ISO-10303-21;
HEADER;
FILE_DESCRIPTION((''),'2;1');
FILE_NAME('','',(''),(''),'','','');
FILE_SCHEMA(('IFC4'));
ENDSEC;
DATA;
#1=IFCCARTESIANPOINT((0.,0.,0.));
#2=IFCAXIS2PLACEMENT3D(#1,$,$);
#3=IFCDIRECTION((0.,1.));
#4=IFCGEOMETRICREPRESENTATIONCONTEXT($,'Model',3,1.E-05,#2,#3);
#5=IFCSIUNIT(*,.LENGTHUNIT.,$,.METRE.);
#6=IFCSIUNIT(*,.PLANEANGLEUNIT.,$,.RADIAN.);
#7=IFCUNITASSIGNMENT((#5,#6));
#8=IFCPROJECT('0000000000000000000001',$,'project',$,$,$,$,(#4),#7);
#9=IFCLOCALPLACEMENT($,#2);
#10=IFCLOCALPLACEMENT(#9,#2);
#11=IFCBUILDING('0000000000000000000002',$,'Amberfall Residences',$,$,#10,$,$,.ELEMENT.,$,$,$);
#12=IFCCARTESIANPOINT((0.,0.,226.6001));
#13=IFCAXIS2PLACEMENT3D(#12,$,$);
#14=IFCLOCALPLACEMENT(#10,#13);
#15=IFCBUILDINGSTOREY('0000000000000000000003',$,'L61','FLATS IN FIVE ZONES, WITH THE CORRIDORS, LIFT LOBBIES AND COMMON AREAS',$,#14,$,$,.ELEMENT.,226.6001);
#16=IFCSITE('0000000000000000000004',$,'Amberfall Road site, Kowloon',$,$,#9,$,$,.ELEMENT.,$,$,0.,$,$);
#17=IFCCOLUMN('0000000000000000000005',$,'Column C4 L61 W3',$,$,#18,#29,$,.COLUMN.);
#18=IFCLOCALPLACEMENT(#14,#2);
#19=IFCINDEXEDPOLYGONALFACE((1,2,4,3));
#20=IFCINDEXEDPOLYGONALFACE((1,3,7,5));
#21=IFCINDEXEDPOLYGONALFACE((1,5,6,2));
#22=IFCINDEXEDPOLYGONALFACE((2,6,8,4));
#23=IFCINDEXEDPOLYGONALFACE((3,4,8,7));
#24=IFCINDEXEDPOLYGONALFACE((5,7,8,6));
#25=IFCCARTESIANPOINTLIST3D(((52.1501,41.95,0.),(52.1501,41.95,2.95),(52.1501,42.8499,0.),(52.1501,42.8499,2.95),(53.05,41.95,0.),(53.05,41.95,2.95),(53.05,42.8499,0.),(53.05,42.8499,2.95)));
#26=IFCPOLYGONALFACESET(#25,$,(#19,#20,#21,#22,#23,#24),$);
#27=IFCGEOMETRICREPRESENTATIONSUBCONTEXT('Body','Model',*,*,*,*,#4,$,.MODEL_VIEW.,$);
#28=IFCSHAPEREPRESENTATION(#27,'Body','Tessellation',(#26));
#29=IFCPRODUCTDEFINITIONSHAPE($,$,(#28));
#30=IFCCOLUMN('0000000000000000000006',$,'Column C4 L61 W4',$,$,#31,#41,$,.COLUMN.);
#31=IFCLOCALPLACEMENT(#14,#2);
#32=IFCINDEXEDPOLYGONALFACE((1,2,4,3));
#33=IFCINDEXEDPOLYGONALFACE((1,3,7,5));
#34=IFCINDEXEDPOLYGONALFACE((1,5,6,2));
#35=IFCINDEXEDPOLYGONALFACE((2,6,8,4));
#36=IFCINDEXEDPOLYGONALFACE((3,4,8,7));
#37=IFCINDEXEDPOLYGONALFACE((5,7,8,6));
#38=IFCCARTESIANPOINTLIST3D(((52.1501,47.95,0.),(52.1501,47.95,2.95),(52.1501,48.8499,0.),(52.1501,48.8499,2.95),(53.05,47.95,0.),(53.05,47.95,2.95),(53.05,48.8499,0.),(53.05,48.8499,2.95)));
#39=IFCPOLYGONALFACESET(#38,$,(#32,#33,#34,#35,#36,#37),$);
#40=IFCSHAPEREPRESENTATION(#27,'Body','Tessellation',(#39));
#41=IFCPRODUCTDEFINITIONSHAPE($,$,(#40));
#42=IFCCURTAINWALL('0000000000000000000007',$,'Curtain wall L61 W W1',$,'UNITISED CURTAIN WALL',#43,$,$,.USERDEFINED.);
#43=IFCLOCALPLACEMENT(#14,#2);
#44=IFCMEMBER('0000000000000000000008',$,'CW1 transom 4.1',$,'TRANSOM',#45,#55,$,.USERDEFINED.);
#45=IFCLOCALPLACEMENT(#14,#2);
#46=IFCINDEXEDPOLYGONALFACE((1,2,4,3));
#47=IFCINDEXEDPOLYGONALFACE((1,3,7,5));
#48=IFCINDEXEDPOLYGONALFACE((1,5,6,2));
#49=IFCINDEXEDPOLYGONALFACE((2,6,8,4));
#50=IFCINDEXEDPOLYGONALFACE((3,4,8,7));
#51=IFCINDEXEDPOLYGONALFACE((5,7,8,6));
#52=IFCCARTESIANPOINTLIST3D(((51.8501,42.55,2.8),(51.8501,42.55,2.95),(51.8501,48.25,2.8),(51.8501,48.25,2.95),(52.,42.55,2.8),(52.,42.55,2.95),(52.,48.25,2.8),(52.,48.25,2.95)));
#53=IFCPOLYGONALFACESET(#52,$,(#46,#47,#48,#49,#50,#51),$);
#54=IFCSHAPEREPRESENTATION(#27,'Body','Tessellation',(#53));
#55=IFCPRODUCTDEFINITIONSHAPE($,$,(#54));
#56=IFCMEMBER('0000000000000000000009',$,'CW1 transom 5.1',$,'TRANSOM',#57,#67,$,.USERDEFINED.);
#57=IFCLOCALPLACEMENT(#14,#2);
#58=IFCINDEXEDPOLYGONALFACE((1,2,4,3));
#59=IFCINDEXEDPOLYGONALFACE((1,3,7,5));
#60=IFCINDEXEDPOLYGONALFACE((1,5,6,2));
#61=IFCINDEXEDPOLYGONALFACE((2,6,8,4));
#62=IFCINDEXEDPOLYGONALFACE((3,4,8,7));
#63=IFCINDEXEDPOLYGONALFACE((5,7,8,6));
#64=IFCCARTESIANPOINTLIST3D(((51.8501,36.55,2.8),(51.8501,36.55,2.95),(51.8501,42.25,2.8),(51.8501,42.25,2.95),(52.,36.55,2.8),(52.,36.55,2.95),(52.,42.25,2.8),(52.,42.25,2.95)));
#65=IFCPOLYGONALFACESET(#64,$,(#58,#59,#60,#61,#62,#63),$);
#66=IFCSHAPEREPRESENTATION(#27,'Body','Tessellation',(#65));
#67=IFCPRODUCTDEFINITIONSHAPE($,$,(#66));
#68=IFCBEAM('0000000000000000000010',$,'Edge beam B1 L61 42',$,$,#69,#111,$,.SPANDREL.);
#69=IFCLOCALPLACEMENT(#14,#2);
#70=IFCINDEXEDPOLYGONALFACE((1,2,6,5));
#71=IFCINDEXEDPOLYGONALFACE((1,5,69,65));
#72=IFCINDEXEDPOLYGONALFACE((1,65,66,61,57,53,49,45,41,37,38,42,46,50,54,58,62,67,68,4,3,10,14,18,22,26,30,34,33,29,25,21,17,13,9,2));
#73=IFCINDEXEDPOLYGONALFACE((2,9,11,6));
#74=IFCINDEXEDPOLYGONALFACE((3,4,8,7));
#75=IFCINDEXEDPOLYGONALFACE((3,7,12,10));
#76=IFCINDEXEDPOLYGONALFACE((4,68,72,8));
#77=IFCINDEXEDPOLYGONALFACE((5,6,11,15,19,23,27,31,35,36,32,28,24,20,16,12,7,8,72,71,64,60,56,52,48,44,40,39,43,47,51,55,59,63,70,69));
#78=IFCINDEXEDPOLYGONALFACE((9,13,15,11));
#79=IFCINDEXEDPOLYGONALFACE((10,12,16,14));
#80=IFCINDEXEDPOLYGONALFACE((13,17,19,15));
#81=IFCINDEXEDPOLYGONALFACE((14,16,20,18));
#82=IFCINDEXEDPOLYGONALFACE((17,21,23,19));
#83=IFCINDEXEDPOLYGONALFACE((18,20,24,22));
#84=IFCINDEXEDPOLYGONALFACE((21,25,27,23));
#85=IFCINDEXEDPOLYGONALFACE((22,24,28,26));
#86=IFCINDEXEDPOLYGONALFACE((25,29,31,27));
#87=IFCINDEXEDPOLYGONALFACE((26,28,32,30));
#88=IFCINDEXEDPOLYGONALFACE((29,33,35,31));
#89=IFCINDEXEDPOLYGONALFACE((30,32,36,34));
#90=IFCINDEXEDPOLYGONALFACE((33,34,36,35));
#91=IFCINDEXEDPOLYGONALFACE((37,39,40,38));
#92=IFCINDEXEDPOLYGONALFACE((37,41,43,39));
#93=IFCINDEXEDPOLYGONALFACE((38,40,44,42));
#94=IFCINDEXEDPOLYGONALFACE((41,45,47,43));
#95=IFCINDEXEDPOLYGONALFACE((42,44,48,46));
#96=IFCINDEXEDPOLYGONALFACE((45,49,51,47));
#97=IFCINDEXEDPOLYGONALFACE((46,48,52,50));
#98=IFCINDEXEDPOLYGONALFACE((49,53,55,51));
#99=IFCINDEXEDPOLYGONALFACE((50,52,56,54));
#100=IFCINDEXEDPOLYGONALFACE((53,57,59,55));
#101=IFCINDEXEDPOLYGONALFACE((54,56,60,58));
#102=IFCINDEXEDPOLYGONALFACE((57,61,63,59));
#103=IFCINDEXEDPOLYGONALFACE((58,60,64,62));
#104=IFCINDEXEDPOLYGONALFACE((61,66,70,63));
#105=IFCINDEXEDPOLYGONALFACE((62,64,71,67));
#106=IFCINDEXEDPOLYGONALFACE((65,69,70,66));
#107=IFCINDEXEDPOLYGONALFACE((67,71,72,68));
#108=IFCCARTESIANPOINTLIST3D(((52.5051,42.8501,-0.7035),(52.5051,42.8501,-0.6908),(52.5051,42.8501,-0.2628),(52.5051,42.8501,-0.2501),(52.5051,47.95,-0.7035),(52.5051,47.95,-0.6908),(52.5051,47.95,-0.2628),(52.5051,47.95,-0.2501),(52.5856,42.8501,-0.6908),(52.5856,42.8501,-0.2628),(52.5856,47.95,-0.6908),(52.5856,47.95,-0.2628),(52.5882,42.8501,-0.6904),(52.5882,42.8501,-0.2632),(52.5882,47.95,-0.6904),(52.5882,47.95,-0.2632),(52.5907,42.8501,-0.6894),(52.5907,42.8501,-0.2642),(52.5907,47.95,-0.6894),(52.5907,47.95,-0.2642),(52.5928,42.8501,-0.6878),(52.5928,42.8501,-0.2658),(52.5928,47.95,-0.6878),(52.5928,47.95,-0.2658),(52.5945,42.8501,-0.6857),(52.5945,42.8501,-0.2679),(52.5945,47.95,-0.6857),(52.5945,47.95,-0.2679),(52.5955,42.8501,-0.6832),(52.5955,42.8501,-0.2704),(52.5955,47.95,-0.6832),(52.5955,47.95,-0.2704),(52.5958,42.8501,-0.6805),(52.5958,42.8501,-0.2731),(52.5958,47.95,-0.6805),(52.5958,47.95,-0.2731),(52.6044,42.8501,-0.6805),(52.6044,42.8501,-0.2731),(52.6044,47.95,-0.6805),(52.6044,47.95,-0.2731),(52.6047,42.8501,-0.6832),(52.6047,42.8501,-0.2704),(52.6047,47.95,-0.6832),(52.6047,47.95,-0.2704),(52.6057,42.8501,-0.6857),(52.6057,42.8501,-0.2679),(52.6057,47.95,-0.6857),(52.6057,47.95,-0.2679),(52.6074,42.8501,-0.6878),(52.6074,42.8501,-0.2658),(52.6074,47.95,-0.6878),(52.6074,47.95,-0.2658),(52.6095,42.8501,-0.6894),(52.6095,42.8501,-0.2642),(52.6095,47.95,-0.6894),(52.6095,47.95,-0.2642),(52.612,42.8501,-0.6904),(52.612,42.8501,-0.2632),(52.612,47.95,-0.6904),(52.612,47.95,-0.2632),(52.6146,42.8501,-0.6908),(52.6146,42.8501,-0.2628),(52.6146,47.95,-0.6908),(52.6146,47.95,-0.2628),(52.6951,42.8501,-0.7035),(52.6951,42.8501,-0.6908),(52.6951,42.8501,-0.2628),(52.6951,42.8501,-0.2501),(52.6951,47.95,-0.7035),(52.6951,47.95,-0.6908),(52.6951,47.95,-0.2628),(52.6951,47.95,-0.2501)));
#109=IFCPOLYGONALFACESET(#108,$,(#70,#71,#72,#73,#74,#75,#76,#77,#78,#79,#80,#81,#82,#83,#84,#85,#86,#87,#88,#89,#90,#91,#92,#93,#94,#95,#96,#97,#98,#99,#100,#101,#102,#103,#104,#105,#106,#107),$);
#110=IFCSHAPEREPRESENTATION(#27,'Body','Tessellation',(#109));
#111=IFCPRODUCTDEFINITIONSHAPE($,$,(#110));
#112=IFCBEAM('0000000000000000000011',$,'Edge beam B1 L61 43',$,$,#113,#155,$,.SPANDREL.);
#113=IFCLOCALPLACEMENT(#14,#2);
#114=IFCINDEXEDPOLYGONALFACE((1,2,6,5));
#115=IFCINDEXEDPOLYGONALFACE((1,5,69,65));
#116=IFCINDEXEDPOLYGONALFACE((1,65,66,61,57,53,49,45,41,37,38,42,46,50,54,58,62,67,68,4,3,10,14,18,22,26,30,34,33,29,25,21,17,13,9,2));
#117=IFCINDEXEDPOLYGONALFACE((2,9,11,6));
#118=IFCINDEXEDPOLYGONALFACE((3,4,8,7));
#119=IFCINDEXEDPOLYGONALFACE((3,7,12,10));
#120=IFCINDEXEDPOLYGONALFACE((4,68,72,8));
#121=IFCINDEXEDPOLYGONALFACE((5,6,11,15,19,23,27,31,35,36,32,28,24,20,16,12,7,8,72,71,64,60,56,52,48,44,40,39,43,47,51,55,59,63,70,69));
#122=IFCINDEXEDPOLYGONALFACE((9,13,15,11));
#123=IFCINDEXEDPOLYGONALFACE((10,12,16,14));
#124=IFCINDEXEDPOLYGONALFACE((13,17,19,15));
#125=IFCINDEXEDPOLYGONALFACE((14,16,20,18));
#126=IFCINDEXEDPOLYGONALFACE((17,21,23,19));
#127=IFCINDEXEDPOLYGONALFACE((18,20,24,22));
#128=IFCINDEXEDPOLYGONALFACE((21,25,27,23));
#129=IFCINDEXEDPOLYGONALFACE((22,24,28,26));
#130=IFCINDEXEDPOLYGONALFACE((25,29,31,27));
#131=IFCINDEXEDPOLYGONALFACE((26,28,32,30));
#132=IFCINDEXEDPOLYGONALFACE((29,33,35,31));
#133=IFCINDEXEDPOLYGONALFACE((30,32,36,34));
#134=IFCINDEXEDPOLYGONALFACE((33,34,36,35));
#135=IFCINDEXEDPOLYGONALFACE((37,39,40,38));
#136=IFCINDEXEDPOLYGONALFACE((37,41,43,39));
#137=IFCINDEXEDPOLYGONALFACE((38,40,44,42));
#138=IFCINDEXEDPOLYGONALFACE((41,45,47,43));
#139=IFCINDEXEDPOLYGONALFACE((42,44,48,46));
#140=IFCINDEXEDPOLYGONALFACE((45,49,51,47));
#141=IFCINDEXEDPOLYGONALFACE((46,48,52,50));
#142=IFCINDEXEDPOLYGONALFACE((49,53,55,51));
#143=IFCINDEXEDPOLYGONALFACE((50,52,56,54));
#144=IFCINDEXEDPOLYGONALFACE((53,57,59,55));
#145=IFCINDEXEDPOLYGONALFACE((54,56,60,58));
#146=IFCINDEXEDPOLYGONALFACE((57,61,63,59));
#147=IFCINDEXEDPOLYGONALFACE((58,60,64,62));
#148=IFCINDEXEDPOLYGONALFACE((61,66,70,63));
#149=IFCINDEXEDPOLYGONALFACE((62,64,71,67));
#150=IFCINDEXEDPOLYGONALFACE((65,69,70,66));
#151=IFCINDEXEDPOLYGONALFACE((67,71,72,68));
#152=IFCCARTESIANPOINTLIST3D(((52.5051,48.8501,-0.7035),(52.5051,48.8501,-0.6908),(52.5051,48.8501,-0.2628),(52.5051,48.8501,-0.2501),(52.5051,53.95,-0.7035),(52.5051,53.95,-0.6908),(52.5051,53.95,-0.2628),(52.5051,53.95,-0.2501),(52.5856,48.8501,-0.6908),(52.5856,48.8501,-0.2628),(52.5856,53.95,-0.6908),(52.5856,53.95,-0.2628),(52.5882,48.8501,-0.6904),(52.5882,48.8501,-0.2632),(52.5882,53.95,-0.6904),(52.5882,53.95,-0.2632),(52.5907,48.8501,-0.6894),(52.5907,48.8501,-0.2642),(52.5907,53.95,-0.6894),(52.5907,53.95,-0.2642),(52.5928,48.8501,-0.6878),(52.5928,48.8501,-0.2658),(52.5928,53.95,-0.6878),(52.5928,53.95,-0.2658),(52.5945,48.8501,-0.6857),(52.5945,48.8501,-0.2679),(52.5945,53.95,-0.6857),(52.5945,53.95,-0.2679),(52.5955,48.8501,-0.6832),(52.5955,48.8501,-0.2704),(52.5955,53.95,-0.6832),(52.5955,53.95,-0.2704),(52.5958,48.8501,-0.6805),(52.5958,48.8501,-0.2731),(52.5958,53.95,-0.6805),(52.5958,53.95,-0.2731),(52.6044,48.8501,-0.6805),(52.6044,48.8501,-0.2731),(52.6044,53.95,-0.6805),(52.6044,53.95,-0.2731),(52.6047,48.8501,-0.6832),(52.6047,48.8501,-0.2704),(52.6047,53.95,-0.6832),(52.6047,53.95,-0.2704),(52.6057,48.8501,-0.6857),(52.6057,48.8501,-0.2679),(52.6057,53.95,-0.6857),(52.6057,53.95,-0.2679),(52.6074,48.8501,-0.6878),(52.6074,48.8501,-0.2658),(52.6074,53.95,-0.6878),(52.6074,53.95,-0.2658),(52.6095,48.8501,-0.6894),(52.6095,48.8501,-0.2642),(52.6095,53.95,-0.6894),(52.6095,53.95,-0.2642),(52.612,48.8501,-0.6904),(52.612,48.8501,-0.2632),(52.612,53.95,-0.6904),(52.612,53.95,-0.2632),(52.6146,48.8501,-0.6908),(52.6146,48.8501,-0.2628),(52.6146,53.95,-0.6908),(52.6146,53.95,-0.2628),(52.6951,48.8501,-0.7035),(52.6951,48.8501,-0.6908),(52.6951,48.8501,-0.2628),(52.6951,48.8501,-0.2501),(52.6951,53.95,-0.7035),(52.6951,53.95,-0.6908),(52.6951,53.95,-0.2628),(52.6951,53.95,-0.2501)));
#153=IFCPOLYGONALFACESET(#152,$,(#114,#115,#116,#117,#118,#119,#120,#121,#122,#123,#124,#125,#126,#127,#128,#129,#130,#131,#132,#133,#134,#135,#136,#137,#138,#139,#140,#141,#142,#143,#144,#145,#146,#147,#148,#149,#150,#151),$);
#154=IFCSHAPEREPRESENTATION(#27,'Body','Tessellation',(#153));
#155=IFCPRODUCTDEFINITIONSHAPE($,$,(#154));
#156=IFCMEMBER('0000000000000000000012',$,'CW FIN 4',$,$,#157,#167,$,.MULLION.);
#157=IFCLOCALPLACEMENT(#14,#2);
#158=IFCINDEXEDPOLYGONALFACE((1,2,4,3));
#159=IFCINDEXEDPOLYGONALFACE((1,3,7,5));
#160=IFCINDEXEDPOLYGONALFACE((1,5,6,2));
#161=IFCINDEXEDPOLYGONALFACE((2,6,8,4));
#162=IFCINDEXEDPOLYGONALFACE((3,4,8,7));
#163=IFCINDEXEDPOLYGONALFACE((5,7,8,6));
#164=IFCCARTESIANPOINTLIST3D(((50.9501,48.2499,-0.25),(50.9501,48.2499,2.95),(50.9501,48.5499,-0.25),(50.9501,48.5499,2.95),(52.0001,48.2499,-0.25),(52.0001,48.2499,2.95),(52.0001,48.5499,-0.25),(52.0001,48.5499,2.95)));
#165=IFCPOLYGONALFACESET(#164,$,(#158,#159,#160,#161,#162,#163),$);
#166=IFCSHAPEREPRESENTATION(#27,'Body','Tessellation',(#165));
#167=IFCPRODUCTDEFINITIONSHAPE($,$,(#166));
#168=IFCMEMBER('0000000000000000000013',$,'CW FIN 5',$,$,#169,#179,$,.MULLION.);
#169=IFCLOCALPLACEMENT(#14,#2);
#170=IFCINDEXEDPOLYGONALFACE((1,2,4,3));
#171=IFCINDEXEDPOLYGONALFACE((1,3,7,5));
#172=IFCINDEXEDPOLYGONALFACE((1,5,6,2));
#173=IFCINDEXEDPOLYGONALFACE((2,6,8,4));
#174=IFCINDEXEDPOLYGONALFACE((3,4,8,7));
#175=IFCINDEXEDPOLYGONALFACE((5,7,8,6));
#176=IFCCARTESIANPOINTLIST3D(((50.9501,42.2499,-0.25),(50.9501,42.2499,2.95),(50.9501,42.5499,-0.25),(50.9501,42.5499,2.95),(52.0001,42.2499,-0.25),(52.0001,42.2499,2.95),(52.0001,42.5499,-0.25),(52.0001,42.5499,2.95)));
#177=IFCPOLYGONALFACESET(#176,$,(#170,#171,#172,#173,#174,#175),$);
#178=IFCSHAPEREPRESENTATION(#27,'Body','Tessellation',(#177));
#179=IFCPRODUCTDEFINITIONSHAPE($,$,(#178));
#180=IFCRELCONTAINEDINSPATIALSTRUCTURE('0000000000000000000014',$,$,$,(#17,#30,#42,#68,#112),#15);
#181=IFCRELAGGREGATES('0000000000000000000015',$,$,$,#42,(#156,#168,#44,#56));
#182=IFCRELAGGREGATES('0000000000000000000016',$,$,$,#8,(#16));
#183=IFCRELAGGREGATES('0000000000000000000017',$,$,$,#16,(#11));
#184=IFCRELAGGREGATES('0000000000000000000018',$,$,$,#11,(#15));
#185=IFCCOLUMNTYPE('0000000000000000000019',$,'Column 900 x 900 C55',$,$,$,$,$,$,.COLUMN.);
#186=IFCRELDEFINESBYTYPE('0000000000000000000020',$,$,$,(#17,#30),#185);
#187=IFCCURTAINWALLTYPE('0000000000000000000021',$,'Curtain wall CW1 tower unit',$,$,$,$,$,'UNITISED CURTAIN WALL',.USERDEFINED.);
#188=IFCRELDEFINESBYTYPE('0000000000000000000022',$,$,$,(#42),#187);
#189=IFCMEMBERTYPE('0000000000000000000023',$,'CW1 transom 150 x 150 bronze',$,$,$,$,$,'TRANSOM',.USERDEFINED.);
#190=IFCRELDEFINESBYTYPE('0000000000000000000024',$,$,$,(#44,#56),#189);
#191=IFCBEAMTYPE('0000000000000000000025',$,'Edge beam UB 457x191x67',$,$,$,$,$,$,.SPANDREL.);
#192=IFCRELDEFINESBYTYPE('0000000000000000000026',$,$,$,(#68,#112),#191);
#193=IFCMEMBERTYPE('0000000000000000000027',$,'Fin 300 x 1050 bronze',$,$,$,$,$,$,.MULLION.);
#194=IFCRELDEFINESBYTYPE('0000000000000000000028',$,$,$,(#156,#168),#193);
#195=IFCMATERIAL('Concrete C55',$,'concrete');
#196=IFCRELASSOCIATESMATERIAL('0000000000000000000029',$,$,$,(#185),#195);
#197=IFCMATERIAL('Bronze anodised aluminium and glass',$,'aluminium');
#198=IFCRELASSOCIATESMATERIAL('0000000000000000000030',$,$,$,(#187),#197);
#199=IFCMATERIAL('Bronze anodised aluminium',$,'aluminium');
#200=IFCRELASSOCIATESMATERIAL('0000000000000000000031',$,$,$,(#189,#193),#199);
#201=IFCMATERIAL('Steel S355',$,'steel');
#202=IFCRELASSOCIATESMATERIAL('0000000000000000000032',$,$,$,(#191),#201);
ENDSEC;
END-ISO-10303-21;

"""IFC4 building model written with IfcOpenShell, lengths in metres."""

from ifc_helpers import new_model, si_unit, direction, frame, origin, origin_2d, place, context, subcontext, project, spatial, rectangle, i_section, extrude, material, material_profile, profile_set, type_object, element, aggregate, save


model = new_model("IFC4")

# Units and contexts
model_context = context("Model", 3, precision=1e-05, world=origin(), true_north=direction((0.0, 1.0)))
body_context = subcontext(model_context, "Body", "Model", "MODEL_VIEW")
ifc_project = project(units=[si_unit("LENGTHUNIT", "METRE"), si_unit("PLANEANGLEUNIT", "RADIAN")], contexts=[model_context])

# Site, building, storey
site_placement = place(None, origin())
site = spatial("IfcSite", under=ifc_project, at=site_placement, Name="Amberfall Road site, Kowloon", CompositionType="ELEMENT", RefElevation=0.0)
building_placement = place(site_placement, origin())
building = spatial("IfcBuilding", under=site, at=building_placement, Name="Amberfall Residences", CompositionType="ELEMENT")
storey_placement = place(building_placement, frame((0.0, 0.0, 226.6001)))
storey = spatial("IfcBuildingStorey", under=building, at=storey_placement, Name="L61", Description="FLATS IN FIVE ZONES, WITH THE CORRIDORS, LIFT LOBBIES AND COMMON AREAS", CompositionType="ELEMENT", Elevation=226.6001)

# Columns
ifc_material_1 = material(Name="Concrete C55", Category="concrete")
ifc_material_profile_1 = material_profile(ifc_material_1, rectangle(XDim=0.8999, YDim=0.8999, at=origin_2d()), Name="Column 900 x 900 C55")
ifc_profile_set_1 = profile_set([ifc_material_profile_1], Name="Concrete C55")
column_type = type_object("IfcColumnType", Name="Column 900 x 900 C55", PredefinedType="COLUMN", material=ifc_profile_set_1)
for number, where, z_axis, x_axis, name in (
    (1, (52.6001, 42.3999, 0.0), (0.0, 0.0, 1.0), (1.0, 0.0, 0.0), "Column C4 L61 W3"),
    (2, (52.6001, 48.3999, 0.0), (0.0, 0.0, 1.0), (1.0, 0.0, 0.0), "Column C4 L61 W4"),
):
    element("IfcColumn", number, at=place(storey_placement, frame(where, z_axis=z_axis, x_axis=x_axis)), inside=storey, type_object=column_type, Name=name, PredefinedType="COLUMN", context=body_context, shape_type="SweptSolid", body=[
        extrude(rectangle(XDim=0.8999, YDim=0.8999, at=origin_2d()), origin(), (0.0, 0.0, 1.0), 2.95),
    ])

# Curtain wall, members
ifc_material_2 = material(Name="Bronze anodised aluminium and glass", Category="aluminium")
curtain_wall_type = type_object("IfcCurtainWallType", Name="Curtain wall CW1 tower unit", ElementType="UNITISED CURTAIN WALL", PredefinedType="USERDEFINED", material=ifc_material_2)
curtain_wall_placement = place(storey_placement, origin())
curtain_wall = element("IfcCurtainWall", 3, at=curtain_wall_placement, inside=storey, type_object=curtain_wall_type, Name="Curtain wall L61 W W1", ObjectType="UNITISED CURTAIN WALL", PredefinedType="USERDEFINED")
ifc_material_3 = material(Name="Bronze anodised aluminium", Category="aluminium")
ifc_material_profile_2 = material_profile(ifc_material_3, rectangle(XDim=0.1499, YDim=0.1499, at=origin_2d()), Name="CW1 transom 150 x 150 bronze")
ifc_profile_set_2 = profile_set([ifc_material_profile_2], Name="Bronze anodised aluminium")
member_type_1 = type_object("IfcMemberType", Name="CW1 transom 150 x 150 bronze", ElementType="TRANSOM", PredefinedType="USERDEFINED", material=ifc_profile_set_2)
member_1_placement = place(storey_placement, frame((51.925, 48.25, 2.875), z_axis=(0.0, -1.0, 0.0), x_axis=(1.0, 0.0, 0.0)))
member_1 = element("IfcMember", 4, at=member_1_placement, type_object=member_type_1, Name="CW1 transom 4.1", ObjectType="TRANSOM", PredefinedType="USERDEFINED", context=body_context, shape_type="SweptSolid", body=[
    extrude(rectangle(XDim=0.1499, YDim=0.1499, at=origin_2d()), origin(), (0.0, 0.0, 1.0), 5.7),
])
member_2_placement = place(storey_placement, frame((51.925, 42.25, 2.875), z_axis=(0.0, -1.0, 0.0), x_axis=(1.0, 0.0, 0.0)))
member_2 = element("IfcMember", 5, at=member_2_placement, type_object=member_type_1, Name="CW1 transom 5.1", ObjectType="TRANSOM", PredefinedType="USERDEFINED", context=body_context, shape_type="SweptSolid", body=[
    extrude(rectangle(XDim=0.1499, YDim=0.1499, at=origin_2d()), origin(), (0.0, 0.0, 1.0), 5.7),
])

# Beams
ifc_material_4 = material(Name="Steel S355", Category="steel")
ifc_material_profile_3 = material_profile(ifc_material_4, i_section(OverallWidth=0.1899, OverallDepth=0.4534, WebThickness=0.0085, FlangeThickness=0.0127, FilletRadius=0.0103, at=origin_2d()), Name="UB 457x191x67")
ifc_profile_set_3 = profile_set([ifc_material_profile_3], Name="Steel S355")
beam_type_1 = type_object("IfcBeamType", Name="Edge beam UB 457x191x67", PredefinedType="SPANDREL", material=ifc_profile_set_3)
for number, where, z_axis, x_axis, name in (
    (6, (52.6001, 42.8501, -0.4768), (0.0, 1.0, 0.0), (-1.0, 0.0, 0.0), "Edge beam B1 L61 42"),
    (7, (52.6001, 48.8501, -0.4768), (0.0, 1.0, 0.0), (-1.0, 0.0, 0.0), "Edge beam B1 L61 43"),
):
    element("IfcBeam", number, at=place(storey_placement, frame(where, z_axis=z_axis, x_axis=x_axis)), inside=storey, type_object=beam_type_1, Name=name, PredefinedType="SPANDREL", context=body_context, shape_type="SweptSolid", body=[
        extrude(i_section(OverallWidth=0.1899, OverallDepth=0.4534, WebThickness=0.0085, FlangeThickness=0.0127, FilletRadius=0.0103, at=origin_2d()), origin(), (0.0, 0.0, 1.0), 5.0999),
    ])

# Members
ifc_material_profile_4 = material_profile(ifc_material_3, rectangle(XDim=1.05, YDim=0.3, at=origin_2d()), Name="Fin 300 x 1050 bronze")
ifc_profile_set_4 = profile_set([ifc_material_profile_4], Name="Bronze anodised aluminium")
member_type_2 = type_object("IfcMemberType", Name="Fin 300 x 1050 bronze", PredefinedType="MULLION", material=ifc_profile_set_4)
member_3_placement = place(storey_placement, frame((51.4751, 48.3999, -0.25), z_axis=(0.0, 0.0, 1.0), x_axis=(1.0, 0.0, 0.0)))
member_3 = element("IfcMember", 8, at=member_3_placement, type_object=member_type_2, Name="CW FIN 4", PredefinedType="MULLION", context=body_context, shape_type="SweptSolid", body=[
    extrude(rectangle(XDim=1.05, YDim=0.3, at=origin_2d()), origin(), (0.0, 0.0, 1.0), 3.2),
])
member_4_placement = place(storey_placement, frame((51.4751, 42.3999, -0.25), z_axis=(0.0, 0.0, 1.0), x_axis=(1.0, 0.0, 0.0)))
member_4 = element("IfcMember", 9, at=member_4_placement, type_object=member_type_2, Name="CW FIN 5", PredefinedType="MULLION", context=body_context, shape_type="SweptSolid", body=[
    extrude(rectangle(XDim=1.05, YDim=0.3, at=origin_2d()), origin(), (0.0, 0.0, 1.0), 3.2),
])

aggregate(curtain_wall, [member_3, member_4, member_1, member_2])

save(model, "model.ifc")
